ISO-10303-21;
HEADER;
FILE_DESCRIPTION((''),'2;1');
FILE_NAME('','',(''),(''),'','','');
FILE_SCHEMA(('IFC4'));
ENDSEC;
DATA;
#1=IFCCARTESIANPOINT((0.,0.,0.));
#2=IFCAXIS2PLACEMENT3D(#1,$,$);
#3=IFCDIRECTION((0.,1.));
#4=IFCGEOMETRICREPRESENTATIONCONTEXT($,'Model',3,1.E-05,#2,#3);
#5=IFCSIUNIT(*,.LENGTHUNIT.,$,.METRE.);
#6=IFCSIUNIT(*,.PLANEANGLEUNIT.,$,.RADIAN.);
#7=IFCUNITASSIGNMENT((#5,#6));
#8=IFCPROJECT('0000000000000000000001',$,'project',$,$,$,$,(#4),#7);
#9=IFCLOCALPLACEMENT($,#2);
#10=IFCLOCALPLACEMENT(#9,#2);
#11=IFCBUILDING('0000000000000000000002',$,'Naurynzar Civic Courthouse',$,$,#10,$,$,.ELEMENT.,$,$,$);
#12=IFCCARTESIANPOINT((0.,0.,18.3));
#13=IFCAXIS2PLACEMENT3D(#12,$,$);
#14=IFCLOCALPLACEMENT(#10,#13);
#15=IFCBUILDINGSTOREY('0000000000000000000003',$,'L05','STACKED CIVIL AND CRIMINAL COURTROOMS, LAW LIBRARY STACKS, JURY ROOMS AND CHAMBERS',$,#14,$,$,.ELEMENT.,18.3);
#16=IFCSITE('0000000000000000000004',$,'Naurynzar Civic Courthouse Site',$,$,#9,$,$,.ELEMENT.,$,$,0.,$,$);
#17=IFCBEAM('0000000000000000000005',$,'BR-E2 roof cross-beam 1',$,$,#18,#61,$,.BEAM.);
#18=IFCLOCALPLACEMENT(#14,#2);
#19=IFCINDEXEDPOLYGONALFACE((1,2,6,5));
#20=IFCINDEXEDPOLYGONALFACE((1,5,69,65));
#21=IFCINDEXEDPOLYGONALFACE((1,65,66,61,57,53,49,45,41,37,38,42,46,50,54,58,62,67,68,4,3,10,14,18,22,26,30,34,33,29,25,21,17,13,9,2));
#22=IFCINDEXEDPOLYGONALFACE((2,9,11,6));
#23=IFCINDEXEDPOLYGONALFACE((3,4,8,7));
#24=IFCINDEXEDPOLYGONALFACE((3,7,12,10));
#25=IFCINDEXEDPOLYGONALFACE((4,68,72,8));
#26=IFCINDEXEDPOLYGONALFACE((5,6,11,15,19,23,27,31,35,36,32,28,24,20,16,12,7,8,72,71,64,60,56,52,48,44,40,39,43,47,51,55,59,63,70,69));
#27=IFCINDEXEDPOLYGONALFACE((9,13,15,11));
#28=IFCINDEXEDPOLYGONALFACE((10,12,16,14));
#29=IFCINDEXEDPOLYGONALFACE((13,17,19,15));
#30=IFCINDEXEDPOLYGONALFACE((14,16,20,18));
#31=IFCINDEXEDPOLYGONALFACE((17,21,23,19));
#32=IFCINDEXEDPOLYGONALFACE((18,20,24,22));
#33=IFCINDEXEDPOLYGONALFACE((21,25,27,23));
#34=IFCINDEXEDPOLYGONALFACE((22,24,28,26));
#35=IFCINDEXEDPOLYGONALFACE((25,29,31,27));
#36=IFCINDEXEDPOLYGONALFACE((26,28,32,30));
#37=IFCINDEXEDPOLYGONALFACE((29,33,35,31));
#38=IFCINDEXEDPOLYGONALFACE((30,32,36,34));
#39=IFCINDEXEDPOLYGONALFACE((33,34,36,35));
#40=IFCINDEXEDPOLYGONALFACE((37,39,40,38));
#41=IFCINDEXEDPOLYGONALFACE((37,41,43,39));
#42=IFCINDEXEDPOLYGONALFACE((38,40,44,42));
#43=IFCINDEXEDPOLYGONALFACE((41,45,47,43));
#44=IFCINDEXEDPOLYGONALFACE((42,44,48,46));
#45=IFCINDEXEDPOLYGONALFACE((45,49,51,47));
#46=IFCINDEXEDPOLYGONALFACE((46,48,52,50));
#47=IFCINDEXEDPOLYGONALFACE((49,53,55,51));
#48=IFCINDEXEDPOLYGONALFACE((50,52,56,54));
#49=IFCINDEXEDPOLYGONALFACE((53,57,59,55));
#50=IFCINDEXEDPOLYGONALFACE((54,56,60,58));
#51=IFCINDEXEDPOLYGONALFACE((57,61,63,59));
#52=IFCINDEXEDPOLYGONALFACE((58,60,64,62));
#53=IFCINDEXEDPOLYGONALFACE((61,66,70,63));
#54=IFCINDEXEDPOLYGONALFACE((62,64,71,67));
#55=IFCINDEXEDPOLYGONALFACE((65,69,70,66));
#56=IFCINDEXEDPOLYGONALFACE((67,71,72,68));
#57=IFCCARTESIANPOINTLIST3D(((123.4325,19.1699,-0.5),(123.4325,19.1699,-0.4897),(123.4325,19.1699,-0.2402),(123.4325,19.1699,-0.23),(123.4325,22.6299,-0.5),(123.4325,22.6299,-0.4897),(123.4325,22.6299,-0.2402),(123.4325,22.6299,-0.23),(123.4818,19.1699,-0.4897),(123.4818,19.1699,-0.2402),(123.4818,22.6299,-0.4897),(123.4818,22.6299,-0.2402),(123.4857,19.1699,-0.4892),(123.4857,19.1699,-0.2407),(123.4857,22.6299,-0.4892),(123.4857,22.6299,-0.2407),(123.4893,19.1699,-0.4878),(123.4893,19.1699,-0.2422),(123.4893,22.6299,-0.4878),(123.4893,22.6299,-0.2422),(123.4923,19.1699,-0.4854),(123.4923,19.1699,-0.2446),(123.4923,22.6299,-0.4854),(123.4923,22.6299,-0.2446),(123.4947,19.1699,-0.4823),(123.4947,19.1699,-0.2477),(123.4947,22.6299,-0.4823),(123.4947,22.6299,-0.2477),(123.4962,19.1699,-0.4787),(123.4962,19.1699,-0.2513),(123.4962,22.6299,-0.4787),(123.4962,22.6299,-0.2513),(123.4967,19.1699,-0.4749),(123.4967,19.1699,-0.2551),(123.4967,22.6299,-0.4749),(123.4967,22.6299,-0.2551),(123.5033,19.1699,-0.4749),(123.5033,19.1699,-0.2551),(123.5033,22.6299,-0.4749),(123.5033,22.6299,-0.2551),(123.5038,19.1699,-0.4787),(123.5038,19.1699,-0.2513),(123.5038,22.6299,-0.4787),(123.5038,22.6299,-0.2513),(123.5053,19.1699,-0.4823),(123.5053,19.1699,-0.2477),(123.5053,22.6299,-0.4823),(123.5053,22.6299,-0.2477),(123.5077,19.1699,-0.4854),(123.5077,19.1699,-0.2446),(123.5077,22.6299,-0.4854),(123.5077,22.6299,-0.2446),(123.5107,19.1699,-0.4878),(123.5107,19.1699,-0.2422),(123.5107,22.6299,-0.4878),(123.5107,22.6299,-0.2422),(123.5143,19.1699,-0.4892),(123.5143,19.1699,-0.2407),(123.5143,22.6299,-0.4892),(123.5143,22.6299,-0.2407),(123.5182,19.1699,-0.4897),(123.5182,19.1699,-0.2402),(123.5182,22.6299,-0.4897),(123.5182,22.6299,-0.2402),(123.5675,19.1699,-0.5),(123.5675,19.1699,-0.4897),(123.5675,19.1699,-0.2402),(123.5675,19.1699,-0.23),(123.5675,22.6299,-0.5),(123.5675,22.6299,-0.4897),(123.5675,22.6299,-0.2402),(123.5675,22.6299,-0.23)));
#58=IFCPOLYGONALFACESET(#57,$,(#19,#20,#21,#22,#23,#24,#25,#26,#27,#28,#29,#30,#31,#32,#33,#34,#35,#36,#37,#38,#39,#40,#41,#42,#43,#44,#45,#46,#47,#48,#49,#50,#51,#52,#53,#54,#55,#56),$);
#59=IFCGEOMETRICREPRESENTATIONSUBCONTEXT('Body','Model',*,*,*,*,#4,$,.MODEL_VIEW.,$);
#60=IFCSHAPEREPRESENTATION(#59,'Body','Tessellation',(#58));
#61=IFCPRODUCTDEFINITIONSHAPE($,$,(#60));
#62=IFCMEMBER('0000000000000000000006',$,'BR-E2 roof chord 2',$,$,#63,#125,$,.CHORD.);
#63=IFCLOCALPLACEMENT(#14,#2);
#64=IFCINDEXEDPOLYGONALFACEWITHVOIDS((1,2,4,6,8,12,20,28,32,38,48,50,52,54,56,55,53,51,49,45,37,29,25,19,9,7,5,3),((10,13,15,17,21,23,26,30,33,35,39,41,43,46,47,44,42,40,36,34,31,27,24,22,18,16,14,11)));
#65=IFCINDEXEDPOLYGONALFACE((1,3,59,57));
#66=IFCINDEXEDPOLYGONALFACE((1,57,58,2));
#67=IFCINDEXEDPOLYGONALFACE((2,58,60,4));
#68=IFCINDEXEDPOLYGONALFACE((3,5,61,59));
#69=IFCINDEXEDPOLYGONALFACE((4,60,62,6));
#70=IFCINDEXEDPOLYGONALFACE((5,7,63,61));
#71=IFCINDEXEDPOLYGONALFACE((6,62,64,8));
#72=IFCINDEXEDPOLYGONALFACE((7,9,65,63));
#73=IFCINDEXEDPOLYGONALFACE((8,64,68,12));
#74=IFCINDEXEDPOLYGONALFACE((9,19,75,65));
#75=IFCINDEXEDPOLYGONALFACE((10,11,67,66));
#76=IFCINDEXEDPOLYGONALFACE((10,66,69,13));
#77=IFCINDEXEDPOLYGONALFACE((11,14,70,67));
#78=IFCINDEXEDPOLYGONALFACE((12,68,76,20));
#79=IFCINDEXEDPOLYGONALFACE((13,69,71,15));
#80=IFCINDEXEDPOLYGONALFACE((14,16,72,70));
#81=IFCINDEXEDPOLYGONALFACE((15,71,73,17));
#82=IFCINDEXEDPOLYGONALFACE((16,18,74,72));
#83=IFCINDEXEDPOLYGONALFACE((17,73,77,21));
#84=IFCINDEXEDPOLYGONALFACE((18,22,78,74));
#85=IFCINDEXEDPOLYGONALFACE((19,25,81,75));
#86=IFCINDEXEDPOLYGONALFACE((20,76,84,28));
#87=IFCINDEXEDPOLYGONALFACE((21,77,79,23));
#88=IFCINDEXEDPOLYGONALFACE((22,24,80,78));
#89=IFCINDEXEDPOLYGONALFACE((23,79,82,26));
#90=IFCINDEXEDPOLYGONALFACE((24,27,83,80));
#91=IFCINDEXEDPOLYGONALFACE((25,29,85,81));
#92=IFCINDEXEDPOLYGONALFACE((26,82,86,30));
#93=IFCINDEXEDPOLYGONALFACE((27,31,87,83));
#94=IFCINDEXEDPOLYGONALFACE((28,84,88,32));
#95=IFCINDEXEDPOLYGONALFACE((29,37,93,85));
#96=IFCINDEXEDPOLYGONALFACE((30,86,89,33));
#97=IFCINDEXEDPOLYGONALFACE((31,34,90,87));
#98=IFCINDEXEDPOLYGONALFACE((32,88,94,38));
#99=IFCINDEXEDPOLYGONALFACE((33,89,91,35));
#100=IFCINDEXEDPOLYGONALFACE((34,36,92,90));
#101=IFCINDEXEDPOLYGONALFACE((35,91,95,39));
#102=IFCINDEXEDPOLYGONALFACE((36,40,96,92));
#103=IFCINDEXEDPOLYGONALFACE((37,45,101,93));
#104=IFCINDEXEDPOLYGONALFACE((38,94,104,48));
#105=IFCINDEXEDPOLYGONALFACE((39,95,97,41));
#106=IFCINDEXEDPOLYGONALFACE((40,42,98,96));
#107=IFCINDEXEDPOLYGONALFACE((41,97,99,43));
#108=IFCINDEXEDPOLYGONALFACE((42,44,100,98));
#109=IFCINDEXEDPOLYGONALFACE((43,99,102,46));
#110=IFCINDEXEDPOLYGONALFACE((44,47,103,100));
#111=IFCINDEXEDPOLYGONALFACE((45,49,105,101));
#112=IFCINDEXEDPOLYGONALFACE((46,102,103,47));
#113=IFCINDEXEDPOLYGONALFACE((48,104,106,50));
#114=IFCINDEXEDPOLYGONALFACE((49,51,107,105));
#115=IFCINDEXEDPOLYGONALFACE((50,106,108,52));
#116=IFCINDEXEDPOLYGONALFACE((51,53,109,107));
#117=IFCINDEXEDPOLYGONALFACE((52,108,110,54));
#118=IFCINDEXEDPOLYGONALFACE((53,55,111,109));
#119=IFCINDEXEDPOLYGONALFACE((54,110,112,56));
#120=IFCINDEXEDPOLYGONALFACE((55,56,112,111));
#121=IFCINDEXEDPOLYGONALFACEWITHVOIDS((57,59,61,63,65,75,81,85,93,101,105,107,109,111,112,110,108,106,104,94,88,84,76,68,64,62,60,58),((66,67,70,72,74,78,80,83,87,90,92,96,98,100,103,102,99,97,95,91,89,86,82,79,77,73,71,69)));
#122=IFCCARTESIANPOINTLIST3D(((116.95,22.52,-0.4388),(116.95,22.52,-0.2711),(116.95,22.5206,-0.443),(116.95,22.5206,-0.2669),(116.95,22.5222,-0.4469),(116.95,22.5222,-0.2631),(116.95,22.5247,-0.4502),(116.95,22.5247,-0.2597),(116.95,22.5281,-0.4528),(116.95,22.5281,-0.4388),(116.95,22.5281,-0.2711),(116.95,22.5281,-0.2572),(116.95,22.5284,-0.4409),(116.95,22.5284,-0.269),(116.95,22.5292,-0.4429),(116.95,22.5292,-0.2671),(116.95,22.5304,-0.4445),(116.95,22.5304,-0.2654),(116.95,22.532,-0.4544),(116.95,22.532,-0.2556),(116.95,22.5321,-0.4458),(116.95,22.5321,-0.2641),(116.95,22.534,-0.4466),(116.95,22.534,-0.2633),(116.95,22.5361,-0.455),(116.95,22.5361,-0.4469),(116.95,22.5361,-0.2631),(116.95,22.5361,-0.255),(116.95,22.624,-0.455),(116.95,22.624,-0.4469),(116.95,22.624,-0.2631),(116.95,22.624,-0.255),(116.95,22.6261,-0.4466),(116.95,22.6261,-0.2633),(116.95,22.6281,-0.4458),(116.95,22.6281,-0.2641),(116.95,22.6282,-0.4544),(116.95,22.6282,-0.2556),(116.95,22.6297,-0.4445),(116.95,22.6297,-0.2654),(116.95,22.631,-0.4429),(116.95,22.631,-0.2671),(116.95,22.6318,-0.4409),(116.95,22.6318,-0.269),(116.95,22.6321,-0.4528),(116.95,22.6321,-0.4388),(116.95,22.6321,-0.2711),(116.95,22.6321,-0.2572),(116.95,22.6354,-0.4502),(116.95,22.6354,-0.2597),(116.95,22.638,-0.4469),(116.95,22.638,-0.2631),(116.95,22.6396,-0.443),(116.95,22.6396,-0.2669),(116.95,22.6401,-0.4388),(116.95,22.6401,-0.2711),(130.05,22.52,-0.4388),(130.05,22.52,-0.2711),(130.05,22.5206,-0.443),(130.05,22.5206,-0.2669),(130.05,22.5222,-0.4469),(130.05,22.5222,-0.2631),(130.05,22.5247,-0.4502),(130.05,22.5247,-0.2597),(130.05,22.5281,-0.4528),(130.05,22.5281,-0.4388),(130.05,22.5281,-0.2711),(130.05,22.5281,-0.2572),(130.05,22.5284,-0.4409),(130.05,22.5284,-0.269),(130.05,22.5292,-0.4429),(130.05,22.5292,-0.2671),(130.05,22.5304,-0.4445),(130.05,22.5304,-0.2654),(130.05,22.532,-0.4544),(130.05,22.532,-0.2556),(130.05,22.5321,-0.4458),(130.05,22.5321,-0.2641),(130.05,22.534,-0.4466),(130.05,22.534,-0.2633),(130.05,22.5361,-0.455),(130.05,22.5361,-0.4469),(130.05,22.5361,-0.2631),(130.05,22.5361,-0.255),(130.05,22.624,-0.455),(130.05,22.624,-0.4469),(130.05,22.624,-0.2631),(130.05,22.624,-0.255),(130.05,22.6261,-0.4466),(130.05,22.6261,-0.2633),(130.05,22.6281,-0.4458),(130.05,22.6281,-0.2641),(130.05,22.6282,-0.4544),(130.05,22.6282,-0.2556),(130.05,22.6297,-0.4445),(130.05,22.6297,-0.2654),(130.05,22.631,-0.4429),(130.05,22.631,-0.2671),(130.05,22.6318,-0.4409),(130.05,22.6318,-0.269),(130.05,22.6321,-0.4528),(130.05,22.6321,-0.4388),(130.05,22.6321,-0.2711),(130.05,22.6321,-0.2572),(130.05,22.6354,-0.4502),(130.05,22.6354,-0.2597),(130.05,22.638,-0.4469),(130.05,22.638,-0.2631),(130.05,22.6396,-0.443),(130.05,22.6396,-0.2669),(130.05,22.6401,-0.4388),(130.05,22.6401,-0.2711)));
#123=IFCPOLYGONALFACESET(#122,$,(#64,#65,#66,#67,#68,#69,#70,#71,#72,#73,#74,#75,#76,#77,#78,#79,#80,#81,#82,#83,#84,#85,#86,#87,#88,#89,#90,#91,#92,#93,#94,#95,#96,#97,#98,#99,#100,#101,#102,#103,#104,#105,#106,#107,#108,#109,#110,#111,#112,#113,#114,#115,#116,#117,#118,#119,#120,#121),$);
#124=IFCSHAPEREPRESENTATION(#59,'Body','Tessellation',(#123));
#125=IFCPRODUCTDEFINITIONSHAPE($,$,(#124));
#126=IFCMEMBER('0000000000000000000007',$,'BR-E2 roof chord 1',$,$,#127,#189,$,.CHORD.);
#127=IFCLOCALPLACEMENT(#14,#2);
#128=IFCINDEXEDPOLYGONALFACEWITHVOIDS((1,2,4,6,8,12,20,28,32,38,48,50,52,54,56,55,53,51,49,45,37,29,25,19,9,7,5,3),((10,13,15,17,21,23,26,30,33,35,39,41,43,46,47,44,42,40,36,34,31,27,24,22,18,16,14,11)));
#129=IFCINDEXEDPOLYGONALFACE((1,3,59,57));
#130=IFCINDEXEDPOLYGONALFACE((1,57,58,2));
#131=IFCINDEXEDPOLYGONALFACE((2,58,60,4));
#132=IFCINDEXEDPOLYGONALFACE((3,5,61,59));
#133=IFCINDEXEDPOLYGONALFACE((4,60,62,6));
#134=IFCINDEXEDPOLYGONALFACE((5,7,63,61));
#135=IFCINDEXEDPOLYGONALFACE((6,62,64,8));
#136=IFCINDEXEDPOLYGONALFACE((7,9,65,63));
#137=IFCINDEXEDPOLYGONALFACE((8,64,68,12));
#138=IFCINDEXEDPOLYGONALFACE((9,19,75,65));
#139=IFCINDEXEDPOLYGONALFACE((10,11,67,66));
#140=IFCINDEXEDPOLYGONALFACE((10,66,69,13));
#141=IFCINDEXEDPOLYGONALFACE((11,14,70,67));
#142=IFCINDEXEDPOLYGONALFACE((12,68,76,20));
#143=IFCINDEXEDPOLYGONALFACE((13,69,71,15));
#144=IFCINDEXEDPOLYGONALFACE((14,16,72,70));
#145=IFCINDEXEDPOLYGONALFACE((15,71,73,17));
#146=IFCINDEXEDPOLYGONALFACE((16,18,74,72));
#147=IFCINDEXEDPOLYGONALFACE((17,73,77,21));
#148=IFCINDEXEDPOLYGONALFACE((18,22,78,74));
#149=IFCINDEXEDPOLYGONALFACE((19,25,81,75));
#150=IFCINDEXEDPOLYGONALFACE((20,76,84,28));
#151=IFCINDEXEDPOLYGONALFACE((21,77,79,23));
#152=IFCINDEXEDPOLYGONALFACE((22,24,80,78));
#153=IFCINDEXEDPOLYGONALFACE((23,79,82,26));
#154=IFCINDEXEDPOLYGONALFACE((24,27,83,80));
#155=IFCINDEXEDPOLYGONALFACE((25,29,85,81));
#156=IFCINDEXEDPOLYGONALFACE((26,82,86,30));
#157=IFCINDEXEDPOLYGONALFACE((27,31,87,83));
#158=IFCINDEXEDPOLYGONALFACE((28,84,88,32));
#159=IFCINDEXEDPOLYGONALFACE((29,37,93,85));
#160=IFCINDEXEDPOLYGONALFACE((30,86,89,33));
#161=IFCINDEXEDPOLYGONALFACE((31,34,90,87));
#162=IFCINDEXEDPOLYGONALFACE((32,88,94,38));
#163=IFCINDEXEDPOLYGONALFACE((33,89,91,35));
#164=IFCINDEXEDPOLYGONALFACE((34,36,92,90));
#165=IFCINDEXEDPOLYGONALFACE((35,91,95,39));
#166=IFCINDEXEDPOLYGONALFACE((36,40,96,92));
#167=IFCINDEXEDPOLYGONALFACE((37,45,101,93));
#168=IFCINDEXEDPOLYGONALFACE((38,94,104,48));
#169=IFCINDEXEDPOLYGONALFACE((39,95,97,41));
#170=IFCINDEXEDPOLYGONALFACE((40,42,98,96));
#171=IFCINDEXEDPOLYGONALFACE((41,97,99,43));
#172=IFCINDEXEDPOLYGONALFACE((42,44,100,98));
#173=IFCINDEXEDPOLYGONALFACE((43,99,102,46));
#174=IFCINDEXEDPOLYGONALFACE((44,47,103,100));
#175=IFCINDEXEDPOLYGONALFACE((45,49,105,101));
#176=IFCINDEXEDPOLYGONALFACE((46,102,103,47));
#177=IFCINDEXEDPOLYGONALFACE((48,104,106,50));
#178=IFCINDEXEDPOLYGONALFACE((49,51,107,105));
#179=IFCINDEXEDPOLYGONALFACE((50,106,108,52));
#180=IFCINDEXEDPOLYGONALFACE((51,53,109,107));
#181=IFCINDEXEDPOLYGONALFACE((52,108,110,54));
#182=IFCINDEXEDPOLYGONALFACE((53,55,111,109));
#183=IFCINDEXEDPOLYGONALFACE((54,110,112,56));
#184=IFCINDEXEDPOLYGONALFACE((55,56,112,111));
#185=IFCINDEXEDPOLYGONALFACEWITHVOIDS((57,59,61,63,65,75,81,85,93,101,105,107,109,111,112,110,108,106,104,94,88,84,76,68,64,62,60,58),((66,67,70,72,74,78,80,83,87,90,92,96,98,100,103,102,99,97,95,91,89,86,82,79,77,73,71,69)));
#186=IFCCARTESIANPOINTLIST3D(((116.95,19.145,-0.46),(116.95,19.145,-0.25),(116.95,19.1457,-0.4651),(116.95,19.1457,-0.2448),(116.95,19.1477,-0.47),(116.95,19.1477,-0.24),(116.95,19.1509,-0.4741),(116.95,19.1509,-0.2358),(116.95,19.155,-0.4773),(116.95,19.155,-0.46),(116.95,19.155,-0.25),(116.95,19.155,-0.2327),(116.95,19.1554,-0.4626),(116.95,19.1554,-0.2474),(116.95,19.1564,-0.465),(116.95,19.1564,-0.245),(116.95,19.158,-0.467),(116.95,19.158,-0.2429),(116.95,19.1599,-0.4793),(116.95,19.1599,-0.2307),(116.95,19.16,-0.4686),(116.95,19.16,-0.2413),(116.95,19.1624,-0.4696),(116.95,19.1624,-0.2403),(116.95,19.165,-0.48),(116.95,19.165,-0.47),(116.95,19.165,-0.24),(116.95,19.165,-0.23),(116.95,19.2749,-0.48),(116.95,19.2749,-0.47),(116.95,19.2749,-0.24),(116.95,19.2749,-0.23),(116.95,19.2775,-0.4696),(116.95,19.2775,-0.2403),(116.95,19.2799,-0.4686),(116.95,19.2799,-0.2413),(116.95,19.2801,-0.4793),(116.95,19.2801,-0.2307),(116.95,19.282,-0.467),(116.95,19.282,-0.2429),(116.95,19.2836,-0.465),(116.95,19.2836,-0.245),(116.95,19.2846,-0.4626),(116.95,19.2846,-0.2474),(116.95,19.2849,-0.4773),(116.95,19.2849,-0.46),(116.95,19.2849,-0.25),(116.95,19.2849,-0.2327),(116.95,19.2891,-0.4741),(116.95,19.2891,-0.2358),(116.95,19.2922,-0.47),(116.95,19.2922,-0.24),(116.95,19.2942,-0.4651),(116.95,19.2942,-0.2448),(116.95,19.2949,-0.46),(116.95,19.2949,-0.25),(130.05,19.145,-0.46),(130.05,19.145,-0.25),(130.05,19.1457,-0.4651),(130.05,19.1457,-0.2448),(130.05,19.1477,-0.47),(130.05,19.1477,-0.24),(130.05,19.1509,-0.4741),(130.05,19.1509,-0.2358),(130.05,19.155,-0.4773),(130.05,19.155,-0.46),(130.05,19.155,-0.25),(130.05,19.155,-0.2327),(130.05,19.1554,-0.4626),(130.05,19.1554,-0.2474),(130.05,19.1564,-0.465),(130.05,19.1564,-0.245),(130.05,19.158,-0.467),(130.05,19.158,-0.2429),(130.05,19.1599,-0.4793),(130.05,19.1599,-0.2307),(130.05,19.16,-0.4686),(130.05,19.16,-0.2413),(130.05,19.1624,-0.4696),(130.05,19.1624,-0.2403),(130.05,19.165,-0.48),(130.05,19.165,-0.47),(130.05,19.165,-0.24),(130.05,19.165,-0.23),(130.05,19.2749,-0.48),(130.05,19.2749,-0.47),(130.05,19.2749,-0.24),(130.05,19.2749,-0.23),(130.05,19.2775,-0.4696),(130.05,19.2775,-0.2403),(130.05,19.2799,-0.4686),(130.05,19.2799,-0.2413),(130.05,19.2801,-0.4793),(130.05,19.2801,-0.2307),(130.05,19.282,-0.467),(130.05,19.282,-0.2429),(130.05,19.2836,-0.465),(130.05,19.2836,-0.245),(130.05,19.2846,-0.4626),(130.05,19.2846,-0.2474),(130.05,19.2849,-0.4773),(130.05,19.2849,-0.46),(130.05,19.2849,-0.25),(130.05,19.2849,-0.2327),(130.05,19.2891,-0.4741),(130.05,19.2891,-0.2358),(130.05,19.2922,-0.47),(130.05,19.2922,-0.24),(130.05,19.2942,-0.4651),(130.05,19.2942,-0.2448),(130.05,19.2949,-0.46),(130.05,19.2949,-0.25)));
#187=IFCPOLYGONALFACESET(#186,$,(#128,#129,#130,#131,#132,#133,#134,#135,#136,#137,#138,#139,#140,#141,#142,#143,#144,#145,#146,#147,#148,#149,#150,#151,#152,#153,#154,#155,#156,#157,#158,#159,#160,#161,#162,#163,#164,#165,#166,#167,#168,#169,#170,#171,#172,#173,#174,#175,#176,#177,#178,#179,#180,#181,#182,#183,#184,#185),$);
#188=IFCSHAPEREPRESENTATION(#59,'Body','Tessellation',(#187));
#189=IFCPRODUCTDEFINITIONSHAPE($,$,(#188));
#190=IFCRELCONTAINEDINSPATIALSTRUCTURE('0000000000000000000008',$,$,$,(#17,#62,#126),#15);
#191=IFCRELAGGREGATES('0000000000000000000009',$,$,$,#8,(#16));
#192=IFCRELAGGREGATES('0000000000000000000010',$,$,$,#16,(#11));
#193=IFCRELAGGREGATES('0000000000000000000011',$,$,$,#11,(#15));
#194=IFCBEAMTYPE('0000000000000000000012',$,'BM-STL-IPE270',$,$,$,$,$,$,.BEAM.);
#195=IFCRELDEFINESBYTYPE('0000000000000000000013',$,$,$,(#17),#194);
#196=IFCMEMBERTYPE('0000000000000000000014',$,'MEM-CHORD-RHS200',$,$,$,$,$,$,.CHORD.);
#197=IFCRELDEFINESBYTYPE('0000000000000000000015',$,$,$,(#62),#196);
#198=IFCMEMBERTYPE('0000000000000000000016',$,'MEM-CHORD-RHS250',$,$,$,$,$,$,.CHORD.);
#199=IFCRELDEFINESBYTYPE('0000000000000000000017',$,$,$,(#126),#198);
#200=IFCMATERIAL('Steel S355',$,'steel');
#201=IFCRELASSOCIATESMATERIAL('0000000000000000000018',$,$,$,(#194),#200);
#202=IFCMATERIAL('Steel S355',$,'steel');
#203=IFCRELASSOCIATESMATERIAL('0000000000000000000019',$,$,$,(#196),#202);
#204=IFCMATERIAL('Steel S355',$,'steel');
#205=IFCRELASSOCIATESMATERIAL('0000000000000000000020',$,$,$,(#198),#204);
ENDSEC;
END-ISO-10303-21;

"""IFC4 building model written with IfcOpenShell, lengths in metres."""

from ifc_helpers import new_model, si_unit, direction, frame, origin, origin_2d, place, context, subcontext, project, spatial, hollow_rectangle, i_section, extrude, material, material_profile, profile_set, type_object, element, save


model = new_model("IFC4")

# Units and contexts
model_context = context("Model", 3, precision=1e-05, world=origin(), true_north=direction((0.0, 1.0)))
body_context = subcontext(model_context, "Body", "Model", "MODEL_VIEW")
ifc_project = project(units=[si_unit("LENGTHUNIT", "METRE"), si_unit("PLANEANGLEUNIT", "RADIAN")], contexts=[model_context])

# Site, building, storey
site_placement = place(None, origin())
site = spatial("IfcSite", under=ifc_project, at=site_placement, Name="Naurynzar Civic Courthouse Site", CompositionType="ELEMENT", RefElevation=0.0)
building_placement = place(site_placement, origin())
building = spatial("IfcBuilding", under=site, at=building_placement, Name="Naurynzar Civic Courthouse", CompositionType="ELEMENT")
storey_placement = place(building_placement, frame((0.0, 0.0, 18.3)))
storey = spatial("IfcBuildingStorey", under=building, at=storey_placement, Name="L05", Description="STACKED CIVIL AND CRIMINAL COURTROOMS, LAW LIBRARY STACKS, JURY ROOMS AND CHAMBERS", CompositionType="ELEMENT", Elevation=18.3)

# Beam
ifc_material_1 = material(Name="Steel S355", Category="steel")
ifc_material_profile_1 = material_profile(ifc_material_1, i_section(OverallWidth=0.135, OverallDepth=0.27, WebThickness=0.0066, FlangeThickness=0.0103, FilletRadius=0.0149, at=origin_2d()), Name="IPE 270")
ifc_profile_set_1 = profile_set([ifc_material_profile_1], Name="Steel S355")
beam_type_1 = type_object("IfcBeamType", Name="BM-STL-IPE270", PredefinedType="BEAM", material=ifc_profile_set_1)
beam_1_placement = place(storey_placement, frame((123.5, 19.1699, -0.365), z_axis=(0.0, 1.0, 0.0), x_axis=(-1.0, 0.0, 0.0)))
element("IfcBeam", 1, at=beam_1_placement, inside=storey, type_object=beam_type_1, Name="BR-E2 roof cross-beam 1", PredefinedType="BEAM", context=body_context, shape_type="SweptSolid", body=[
    extrude(i_section(OverallWidth=0.135, OverallDepth=0.27, WebThickness=0.0066, FlangeThickness=0.0103, FilletRadius=0.0149, at=origin_2d()), origin(), (0.0, 0.0, 1.0), 3.46),
])

# Members
ifc_material_2 = material(Name="Steel S355", Category="steel")
ifc_material_profile_2 = material_profile(ifc_material_2, hollow_rectangle(XDim=0.1201, YDim=0.2, WallThickness=0.0081, InnerFilletRadius=0.0081, OuterFilletRadius=0.0161, at=origin_2d()), Name="RHS 200x120x8")
ifc_profile_set_2 = profile_set([ifc_material_profile_2], Name="Steel S355")
member_type_1 = type_object("IfcMemberType", Name="MEM-CHORD-RHS200", PredefinedType="CHORD", material=ifc_profile_set_2)
member_1_placement = place(storey_placement, frame((116.95, 22.5801, -0.355), z_axis=(1.0, 0.0, 0.0), x_axis=(0.0, 1.0, 0.0)))
element("IfcMember", 2, at=member_1_placement, inside=storey, type_object=member_type_1, Name="BR-E2 roof chord 2", PredefinedType="CHORD", context=body_context, shape_type="SweptSolid", body=[
    extrude(hollow_rectangle(XDim=0.1201, YDim=0.2, WallThickness=0.0081, InnerFilletRadius=0.0081, OuterFilletRadius=0.0161, at=origin_2d()), origin(), (0.0, 0.0, 1.0), 13.1001),
])
ifc_material_3 = material(Name="Steel S355", Category="steel")
ifc_material_profile_3 = material_profile(ifc_material_3, hollow_rectangle(XDim=0.1499, YDim=0.25, WallThickness=0.01, InnerFilletRadius=0.01, OuterFilletRadius=0.02, at=origin_2d()), Name="RHS 250x150x10")
ifc_profile_set_3 = profile_set([ifc_material_profile_3], Name="Steel S355")
member_type_2 = type_object("IfcMemberType", Name="MEM-CHORD-RHS250", PredefinedType="CHORD", material=ifc_profile_set_3)
member_2_placement = place(storey_placement, frame((116.95, 19.22, -0.355), z_axis=(1.0, 0.0, 0.0), x_axis=(0.0, 1.0, 0.0)))
element("IfcMember", 3, at=member_2_placement, inside=storey, type_object=member_type_2, Name="BR-E2 roof chord 1", PredefinedType="CHORD", context=body_context, shape_type="SweptSolid", body=[
    extrude(hollow_rectangle(XDim=0.1499, YDim=0.25, WallThickness=0.01, InnerFilletRadius=0.01, OuterFilletRadius=0.02, at=origin_2d()), origin(), (0.0, 0.0, 1.0), 13.1001),
])

save(model, "model.ifc")
